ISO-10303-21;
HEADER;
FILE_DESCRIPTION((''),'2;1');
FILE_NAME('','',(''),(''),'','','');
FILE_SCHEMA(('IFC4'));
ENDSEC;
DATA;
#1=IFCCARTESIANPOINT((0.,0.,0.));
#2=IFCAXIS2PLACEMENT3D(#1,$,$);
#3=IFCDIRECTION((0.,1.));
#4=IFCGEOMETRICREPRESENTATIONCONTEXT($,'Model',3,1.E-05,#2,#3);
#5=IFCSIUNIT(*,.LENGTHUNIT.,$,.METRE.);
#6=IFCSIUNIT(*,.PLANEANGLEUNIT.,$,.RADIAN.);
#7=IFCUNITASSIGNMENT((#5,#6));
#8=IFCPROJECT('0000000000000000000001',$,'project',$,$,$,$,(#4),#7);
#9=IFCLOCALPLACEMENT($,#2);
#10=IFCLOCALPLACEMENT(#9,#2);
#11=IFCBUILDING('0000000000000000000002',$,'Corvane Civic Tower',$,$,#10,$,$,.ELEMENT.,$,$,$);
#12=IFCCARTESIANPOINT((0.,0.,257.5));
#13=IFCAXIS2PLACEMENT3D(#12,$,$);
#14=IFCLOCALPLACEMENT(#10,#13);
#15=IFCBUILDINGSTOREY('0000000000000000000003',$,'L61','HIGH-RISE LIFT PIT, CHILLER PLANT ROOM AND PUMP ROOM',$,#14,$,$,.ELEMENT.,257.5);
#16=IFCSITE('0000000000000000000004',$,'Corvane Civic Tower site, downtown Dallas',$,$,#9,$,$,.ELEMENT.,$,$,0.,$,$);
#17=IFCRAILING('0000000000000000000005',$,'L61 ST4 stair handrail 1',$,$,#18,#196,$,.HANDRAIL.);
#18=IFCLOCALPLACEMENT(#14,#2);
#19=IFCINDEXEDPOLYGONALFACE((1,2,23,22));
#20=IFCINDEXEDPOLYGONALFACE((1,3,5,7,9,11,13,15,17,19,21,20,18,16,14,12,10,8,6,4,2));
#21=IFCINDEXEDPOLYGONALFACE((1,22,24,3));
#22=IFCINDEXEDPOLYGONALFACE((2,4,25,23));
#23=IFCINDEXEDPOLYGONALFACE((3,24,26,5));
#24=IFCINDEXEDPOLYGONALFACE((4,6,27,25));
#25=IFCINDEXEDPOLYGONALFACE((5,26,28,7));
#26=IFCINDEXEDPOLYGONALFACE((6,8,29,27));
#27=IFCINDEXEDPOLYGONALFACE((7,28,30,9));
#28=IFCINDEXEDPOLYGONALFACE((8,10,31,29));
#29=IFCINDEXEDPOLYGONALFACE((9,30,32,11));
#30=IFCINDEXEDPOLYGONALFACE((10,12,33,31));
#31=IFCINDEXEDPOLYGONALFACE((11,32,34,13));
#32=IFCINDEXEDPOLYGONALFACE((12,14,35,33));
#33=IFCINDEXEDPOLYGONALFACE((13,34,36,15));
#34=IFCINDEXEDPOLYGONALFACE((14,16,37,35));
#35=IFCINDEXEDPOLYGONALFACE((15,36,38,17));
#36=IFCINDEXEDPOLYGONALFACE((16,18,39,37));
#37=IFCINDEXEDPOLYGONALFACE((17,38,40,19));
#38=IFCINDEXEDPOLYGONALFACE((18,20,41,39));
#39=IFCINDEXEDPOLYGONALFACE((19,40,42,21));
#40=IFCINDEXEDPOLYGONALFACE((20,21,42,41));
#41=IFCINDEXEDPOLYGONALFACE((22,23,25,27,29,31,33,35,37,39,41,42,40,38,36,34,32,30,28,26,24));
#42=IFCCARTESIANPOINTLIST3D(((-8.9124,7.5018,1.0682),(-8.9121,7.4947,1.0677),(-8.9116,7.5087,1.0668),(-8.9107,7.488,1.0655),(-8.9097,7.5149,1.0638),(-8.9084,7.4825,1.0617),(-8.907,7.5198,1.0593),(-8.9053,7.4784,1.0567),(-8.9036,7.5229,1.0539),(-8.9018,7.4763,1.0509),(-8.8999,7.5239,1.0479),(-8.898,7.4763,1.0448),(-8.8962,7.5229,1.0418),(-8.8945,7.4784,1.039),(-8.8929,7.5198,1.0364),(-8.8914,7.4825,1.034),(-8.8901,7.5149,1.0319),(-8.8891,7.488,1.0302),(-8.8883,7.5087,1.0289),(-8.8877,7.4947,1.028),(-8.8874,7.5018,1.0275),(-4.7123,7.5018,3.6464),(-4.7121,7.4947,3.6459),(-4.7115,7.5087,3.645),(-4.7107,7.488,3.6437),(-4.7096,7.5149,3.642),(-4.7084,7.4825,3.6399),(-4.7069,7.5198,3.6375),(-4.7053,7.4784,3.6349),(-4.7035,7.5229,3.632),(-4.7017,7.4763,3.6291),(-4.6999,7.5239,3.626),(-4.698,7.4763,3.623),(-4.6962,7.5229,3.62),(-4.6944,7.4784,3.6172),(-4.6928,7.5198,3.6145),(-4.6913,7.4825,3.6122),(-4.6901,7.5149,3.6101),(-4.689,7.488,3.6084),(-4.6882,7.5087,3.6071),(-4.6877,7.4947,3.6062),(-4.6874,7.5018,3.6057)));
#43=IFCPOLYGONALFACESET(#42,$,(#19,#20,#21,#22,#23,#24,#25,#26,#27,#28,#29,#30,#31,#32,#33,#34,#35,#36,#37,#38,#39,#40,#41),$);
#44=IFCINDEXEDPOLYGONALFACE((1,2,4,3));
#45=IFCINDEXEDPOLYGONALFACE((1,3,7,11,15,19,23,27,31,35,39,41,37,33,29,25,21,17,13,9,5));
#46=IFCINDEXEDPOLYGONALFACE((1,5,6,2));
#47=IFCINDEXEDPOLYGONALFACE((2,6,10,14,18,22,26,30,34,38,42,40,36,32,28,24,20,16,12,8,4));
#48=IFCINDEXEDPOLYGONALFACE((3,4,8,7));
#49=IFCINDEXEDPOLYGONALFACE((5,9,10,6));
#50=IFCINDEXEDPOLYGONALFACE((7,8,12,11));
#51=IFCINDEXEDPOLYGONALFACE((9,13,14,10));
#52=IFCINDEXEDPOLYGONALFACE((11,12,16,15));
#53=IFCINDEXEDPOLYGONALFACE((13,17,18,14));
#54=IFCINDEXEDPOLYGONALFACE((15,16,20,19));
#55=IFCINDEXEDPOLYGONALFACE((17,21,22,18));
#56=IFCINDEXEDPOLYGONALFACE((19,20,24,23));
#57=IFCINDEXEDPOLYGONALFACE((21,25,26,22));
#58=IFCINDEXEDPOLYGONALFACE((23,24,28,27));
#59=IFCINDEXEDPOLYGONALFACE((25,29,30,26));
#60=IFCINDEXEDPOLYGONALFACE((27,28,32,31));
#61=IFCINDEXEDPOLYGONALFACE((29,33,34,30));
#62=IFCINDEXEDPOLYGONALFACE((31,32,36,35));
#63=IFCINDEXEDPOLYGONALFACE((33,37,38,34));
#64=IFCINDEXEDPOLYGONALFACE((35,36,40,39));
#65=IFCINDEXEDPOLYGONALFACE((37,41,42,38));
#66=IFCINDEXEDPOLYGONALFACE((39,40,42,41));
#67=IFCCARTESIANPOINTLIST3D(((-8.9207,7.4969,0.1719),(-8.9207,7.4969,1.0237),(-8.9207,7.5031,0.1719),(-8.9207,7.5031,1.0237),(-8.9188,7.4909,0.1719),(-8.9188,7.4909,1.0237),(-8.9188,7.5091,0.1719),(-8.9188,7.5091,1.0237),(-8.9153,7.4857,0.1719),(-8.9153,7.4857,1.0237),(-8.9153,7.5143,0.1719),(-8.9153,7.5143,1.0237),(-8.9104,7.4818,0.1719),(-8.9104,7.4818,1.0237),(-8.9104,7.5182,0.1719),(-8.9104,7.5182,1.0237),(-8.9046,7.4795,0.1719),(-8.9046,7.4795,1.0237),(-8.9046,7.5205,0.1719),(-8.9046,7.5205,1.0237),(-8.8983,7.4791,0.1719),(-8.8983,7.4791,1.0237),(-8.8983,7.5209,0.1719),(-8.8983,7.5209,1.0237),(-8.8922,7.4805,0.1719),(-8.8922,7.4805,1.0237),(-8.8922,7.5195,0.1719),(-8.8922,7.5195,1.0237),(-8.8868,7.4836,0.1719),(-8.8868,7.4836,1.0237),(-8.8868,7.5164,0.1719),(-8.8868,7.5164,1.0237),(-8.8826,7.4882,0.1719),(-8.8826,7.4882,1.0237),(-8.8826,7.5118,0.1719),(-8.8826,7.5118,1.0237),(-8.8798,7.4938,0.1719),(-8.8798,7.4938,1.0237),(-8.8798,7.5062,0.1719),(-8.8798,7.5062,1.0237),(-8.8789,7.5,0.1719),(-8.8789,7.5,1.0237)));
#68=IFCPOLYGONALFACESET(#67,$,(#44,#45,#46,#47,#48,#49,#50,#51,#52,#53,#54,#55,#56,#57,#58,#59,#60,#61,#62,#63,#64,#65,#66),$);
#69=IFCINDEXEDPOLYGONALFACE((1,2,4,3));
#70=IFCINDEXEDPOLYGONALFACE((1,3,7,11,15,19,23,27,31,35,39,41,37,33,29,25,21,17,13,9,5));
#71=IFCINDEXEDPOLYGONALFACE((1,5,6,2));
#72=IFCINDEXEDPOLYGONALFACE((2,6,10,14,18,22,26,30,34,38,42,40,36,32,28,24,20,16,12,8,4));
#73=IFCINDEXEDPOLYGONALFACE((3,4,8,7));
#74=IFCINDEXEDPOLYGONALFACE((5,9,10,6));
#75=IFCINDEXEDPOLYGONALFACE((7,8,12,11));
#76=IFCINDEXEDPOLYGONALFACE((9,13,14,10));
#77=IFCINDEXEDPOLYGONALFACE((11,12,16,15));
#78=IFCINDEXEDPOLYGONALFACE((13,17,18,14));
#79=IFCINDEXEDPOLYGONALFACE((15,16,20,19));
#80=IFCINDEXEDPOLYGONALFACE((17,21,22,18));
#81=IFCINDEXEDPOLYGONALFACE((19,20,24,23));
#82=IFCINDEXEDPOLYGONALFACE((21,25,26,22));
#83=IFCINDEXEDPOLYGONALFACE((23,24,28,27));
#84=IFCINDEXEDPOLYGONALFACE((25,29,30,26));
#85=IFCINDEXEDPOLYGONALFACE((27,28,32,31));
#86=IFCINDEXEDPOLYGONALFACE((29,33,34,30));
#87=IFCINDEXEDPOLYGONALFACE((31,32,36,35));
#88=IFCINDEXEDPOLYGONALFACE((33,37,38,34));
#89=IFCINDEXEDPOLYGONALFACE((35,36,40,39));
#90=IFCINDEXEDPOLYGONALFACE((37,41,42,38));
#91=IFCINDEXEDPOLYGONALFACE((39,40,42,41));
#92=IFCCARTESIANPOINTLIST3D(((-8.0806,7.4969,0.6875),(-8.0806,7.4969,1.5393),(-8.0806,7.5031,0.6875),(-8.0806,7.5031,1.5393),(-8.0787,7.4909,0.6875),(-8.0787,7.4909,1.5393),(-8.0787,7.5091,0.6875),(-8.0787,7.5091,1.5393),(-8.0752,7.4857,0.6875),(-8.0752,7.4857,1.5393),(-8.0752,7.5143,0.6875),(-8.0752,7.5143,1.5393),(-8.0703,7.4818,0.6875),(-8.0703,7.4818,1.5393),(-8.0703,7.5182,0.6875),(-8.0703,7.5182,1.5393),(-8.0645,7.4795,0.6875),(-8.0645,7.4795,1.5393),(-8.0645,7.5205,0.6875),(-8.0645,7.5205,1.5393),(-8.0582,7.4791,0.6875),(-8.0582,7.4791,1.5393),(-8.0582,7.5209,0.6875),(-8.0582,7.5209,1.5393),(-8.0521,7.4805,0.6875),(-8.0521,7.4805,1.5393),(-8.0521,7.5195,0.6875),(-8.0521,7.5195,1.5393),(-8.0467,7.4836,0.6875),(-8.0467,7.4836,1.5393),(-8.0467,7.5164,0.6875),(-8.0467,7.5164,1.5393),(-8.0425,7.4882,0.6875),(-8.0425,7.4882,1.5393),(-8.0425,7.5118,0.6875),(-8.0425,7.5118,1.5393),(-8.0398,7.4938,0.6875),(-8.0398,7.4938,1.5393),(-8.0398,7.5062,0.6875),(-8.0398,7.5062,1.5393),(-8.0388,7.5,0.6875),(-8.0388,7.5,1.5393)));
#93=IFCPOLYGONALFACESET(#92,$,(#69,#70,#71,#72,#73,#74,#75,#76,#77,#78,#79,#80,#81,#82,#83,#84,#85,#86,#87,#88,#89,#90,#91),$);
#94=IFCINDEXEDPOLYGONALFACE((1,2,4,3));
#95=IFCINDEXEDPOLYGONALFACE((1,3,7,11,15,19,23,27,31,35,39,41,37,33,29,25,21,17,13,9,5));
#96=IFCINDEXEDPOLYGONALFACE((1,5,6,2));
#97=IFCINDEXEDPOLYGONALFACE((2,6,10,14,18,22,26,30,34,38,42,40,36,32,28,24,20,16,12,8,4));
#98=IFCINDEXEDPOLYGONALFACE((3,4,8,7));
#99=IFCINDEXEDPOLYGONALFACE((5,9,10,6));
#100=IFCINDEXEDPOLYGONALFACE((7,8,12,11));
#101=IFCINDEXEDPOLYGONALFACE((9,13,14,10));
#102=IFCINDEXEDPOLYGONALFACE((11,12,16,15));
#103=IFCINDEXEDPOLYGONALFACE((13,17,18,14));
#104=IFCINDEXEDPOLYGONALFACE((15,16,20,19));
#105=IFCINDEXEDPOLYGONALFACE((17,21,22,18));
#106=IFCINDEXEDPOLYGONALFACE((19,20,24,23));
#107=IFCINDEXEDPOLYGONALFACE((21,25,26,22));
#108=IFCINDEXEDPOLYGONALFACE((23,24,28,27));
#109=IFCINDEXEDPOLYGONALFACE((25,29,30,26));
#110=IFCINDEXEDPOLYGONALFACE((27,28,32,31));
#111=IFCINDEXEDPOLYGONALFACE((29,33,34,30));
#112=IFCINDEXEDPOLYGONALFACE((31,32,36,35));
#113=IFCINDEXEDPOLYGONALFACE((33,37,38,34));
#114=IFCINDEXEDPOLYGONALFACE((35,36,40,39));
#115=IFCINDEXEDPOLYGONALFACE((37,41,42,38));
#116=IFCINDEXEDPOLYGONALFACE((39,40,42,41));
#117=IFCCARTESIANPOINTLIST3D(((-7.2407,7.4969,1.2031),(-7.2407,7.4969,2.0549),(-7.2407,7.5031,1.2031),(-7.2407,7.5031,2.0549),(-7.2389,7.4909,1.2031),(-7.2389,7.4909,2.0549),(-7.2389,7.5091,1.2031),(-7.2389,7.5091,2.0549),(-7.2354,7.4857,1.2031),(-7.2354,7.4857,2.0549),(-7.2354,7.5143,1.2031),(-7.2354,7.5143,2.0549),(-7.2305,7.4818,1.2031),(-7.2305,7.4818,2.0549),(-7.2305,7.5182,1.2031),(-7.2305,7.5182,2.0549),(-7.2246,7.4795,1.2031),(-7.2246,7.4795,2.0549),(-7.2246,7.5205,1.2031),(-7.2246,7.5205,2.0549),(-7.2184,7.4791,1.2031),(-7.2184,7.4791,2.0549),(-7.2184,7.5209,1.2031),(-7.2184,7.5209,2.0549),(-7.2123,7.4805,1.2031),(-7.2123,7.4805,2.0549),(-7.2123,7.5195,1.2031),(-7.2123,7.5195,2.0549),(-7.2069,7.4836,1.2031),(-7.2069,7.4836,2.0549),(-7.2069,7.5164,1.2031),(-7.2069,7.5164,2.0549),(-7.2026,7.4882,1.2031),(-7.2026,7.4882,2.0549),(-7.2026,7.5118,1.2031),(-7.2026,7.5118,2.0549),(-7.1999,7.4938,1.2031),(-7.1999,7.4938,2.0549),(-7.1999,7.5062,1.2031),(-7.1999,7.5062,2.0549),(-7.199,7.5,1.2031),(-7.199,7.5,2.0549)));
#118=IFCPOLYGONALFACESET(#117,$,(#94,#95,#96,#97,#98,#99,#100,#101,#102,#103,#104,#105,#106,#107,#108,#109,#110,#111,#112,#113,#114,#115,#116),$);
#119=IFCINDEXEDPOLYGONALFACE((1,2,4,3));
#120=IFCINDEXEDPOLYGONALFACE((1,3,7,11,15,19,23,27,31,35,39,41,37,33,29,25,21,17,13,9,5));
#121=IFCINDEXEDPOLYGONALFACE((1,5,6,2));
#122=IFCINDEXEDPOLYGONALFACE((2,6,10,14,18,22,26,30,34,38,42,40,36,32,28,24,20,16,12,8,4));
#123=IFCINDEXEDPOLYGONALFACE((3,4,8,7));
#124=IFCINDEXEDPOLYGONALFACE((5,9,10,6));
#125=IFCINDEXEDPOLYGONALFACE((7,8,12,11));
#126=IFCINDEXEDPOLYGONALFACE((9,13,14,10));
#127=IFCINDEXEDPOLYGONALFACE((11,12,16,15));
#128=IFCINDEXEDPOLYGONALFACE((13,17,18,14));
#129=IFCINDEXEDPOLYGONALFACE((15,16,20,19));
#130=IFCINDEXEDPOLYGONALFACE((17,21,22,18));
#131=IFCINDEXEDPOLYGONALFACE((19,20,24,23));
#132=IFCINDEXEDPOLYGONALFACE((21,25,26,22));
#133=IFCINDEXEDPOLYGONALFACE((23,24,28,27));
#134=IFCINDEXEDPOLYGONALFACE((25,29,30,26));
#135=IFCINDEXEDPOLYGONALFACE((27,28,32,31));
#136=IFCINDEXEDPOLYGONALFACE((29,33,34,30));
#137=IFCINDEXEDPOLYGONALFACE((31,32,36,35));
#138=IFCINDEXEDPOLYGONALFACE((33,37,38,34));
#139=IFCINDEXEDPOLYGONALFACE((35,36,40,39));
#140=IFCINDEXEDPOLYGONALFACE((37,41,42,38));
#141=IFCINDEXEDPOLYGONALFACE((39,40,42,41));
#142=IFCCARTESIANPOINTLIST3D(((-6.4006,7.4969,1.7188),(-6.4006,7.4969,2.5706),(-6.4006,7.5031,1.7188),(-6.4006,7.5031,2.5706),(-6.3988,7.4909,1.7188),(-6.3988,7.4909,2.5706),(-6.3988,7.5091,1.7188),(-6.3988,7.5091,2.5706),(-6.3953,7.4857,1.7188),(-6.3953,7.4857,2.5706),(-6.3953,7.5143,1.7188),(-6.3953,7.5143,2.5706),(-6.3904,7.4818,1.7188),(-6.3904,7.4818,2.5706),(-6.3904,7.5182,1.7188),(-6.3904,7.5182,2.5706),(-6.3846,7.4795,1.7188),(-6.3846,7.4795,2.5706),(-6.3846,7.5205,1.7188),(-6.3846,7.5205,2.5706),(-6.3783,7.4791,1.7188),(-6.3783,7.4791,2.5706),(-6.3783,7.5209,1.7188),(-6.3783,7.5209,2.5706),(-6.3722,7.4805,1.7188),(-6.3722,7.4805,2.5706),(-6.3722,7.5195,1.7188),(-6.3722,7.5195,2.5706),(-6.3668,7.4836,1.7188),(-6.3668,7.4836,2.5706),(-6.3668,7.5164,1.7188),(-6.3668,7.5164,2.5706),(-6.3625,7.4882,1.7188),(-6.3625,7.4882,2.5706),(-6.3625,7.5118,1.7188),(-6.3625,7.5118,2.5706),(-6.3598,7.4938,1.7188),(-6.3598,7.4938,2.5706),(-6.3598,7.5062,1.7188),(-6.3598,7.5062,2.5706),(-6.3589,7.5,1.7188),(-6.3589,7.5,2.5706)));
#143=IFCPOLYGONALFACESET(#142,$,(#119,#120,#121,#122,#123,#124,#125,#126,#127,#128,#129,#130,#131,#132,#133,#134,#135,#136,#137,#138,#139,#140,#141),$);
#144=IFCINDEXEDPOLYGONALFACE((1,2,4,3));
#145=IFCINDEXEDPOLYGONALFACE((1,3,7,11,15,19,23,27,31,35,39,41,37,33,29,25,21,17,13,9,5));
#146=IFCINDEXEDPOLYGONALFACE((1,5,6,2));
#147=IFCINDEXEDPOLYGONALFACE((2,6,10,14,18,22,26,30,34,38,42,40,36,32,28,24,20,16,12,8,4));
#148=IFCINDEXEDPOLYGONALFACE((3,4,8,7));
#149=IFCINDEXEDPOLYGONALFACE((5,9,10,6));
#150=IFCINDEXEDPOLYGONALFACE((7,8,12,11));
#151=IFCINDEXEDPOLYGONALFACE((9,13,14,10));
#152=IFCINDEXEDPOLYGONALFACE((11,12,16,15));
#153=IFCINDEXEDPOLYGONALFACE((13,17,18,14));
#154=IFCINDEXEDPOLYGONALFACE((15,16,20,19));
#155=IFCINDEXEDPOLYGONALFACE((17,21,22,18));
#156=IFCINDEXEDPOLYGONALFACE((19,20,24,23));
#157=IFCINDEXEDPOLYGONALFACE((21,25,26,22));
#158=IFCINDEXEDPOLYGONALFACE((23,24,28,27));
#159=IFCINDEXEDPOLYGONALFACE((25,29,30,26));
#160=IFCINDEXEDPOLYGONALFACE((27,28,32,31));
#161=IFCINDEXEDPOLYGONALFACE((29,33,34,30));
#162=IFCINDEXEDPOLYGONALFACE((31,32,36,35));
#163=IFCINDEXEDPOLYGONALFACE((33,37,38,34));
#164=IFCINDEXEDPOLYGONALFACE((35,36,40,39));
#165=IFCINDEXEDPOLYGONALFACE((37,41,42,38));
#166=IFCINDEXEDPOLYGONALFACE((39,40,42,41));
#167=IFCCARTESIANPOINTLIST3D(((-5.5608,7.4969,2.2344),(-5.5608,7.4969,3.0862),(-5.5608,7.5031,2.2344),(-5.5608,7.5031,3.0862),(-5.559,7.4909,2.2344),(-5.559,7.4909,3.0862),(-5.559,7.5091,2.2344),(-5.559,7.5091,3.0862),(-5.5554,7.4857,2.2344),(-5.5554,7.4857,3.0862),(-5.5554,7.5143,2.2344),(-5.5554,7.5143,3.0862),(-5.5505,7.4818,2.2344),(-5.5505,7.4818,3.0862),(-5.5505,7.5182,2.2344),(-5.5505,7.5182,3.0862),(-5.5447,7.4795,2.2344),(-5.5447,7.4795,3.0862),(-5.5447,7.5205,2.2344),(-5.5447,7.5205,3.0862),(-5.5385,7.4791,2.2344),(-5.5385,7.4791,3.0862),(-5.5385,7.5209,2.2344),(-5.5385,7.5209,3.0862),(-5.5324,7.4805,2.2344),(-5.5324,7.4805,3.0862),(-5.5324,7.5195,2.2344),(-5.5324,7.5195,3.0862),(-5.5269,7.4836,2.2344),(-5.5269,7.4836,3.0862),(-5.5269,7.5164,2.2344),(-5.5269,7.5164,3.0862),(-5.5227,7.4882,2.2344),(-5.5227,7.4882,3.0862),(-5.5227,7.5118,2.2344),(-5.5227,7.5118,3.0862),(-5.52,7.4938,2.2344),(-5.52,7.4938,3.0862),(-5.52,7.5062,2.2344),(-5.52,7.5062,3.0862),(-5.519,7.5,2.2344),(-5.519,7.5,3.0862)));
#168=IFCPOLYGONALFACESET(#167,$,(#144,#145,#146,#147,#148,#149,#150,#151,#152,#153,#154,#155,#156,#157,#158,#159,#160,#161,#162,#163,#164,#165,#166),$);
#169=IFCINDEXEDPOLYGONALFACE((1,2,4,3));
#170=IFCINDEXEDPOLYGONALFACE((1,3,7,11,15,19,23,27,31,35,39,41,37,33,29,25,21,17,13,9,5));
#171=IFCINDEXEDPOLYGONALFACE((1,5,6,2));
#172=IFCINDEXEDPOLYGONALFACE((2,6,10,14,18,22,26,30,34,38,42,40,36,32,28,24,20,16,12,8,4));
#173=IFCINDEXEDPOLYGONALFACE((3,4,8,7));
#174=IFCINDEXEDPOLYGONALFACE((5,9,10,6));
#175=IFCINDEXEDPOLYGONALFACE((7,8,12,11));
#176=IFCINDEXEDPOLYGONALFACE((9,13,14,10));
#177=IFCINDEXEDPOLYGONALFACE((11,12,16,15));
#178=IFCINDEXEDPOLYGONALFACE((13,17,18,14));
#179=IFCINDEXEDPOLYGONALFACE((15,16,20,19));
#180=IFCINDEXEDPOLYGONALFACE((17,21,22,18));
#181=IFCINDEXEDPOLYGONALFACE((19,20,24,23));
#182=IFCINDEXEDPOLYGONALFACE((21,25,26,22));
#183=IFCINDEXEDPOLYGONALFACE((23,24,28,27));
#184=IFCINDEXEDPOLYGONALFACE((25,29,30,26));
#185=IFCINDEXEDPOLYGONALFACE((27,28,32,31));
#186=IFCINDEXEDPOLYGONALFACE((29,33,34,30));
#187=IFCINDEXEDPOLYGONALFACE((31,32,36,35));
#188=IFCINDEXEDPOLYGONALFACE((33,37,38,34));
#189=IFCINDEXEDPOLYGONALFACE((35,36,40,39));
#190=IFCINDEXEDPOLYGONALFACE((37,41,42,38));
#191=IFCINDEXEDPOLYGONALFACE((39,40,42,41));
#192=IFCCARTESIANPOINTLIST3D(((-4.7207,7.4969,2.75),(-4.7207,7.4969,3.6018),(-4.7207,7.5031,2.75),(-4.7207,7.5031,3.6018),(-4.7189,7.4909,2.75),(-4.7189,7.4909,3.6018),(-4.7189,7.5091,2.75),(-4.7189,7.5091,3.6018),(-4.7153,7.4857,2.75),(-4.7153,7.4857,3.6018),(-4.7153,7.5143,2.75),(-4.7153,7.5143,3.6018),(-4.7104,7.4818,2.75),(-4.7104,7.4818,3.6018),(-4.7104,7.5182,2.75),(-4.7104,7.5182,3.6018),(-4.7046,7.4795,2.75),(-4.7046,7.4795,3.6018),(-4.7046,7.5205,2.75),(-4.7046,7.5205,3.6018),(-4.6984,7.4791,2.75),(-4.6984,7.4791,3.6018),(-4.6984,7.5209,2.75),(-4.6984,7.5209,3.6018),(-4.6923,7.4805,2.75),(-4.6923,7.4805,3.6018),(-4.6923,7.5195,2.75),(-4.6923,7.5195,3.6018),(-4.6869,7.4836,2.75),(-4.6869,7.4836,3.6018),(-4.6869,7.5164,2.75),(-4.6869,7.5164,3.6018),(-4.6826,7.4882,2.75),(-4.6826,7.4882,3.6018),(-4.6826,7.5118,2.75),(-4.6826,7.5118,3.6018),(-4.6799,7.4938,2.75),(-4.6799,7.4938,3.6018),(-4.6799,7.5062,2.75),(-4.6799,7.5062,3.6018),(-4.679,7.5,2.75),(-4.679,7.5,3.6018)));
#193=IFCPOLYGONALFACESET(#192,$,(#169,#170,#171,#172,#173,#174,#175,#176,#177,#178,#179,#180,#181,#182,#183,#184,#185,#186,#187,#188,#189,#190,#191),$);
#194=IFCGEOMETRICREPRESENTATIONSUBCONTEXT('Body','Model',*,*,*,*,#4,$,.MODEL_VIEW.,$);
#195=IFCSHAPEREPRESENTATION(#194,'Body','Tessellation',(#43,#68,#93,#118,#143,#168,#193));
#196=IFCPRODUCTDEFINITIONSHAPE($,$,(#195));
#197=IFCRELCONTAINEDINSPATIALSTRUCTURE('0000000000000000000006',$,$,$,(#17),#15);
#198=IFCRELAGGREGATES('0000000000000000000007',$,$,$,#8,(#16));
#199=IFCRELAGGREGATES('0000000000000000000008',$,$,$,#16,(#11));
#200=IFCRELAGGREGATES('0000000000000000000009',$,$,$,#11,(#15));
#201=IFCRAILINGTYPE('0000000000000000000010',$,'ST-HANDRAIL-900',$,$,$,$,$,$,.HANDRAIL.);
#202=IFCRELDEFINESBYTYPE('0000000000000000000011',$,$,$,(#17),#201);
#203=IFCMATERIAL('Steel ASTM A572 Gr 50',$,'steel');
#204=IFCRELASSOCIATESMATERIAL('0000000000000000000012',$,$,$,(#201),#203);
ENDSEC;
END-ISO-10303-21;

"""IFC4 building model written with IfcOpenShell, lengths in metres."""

from ifc_helpers import new_model, si_unit, direction, frame, origin, origin_2d, place, context, subcontext, project, spatial, circle, extrude, material, type_object, element, save


model = new_model("IFC4")

# Units and contexts
model_context = context("Model", 3, precision=1e-05, world=origin(), true_north=direction((0.0, 1.0)))
body_context = subcontext(model_context, "Body", "Model", "MODEL_VIEW")
ifc_project = project(units=[si_unit("LENGTHUNIT", "METRE"), si_unit("PLANEANGLEUNIT", "RADIAN")], contexts=[model_context])

# Site, building, storey
site_placement = place(None, origin())
site = spatial("IfcSite", under=ifc_project, at=site_placement, Name="Corvane Civic Tower site, downtown Dallas", CompositionType="ELEMENT", RefElevation=0.0)
building_placement = place(site_placement, origin())
building = spatial("IfcBuilding", under=site, at=building_placement, Name="Corvane Civic Tower", CompositionType="ELEMENT")
storey_placement = place(building_placement, frame((0.0, 0.0, 257.5)))
storey = spatial("IfcBuildingStorey", under=building, at=storey_placement, Name="L61", Description="HIGH-RISE LIFT PIT, CHILLER PLANT ROOM AND PUMP ROOM", CompositionType="ELEMENT", Elevation=257.5)

# Railing
ifc_material_1 = material(Name="Steel ASTM A572 Gr 50", Category="steel")
railing_type_1 = type_object("IfcRailingType", Name="ST-HANDRAIL-900", PredefinedType="HANDRAIL", material=ifc_material_1)
railing_1_placement = place(storey_placement, frame((-8.8999, 7.5, 0.1719)))
element("IfcRailing", 1, at=railing_1_placement, inside=storey, type_object=railing_type_1, Name="L61 ST4 stair handrail 1", PredefinedType="HANDRAIL", context=body_context, shape_type="SweptSolid", body=[
    extrude(circle(Radius=0.0239, at=origin_2d()), frame((0.0, 0.0, 0.876), z_axis=(0.852243, 0.0, 0.523146), x_axis=(0.0, 1.0, 0.0)), (0.0, 0.0, 1.0), 4.9282),
    extrude(circle(Radius=0.021, at=origin_2d()), origin(), (0.0, 0.0, 1.0), 0.8518),
    extrude(circle(Radius=0.021, at=origin_2d()), frame((0.8401, 0.0, 0.5156)), (0.0, 0.0, 1.0), 0.8518),
    extrude(circle(Radius=0.021, at=origin_2d()), frame((1.6799, 0.0, 1.0312)), (0.0, 0.0, 1.0), 0.8518),
    extrude(circle(Radius=0.021, at=origin_2d()), frame((2.52, 0.0, 1.5469)), (0.0, 0.0, 1.0), 0.8518),
    extrude(circle(Radius=0.021, at=origin_2d()), frame((3.3599, 0.0, 2.0625)), (0.0, 0.0, 1.0), 0.8518),
    extrude(circle(Radius=0.021, at=origin_2d()), frame((4.2, 0.0, 2.5781)), (0.0, 0.0, 1.0), 0.8518),
])

save(model, "model.ifc")
